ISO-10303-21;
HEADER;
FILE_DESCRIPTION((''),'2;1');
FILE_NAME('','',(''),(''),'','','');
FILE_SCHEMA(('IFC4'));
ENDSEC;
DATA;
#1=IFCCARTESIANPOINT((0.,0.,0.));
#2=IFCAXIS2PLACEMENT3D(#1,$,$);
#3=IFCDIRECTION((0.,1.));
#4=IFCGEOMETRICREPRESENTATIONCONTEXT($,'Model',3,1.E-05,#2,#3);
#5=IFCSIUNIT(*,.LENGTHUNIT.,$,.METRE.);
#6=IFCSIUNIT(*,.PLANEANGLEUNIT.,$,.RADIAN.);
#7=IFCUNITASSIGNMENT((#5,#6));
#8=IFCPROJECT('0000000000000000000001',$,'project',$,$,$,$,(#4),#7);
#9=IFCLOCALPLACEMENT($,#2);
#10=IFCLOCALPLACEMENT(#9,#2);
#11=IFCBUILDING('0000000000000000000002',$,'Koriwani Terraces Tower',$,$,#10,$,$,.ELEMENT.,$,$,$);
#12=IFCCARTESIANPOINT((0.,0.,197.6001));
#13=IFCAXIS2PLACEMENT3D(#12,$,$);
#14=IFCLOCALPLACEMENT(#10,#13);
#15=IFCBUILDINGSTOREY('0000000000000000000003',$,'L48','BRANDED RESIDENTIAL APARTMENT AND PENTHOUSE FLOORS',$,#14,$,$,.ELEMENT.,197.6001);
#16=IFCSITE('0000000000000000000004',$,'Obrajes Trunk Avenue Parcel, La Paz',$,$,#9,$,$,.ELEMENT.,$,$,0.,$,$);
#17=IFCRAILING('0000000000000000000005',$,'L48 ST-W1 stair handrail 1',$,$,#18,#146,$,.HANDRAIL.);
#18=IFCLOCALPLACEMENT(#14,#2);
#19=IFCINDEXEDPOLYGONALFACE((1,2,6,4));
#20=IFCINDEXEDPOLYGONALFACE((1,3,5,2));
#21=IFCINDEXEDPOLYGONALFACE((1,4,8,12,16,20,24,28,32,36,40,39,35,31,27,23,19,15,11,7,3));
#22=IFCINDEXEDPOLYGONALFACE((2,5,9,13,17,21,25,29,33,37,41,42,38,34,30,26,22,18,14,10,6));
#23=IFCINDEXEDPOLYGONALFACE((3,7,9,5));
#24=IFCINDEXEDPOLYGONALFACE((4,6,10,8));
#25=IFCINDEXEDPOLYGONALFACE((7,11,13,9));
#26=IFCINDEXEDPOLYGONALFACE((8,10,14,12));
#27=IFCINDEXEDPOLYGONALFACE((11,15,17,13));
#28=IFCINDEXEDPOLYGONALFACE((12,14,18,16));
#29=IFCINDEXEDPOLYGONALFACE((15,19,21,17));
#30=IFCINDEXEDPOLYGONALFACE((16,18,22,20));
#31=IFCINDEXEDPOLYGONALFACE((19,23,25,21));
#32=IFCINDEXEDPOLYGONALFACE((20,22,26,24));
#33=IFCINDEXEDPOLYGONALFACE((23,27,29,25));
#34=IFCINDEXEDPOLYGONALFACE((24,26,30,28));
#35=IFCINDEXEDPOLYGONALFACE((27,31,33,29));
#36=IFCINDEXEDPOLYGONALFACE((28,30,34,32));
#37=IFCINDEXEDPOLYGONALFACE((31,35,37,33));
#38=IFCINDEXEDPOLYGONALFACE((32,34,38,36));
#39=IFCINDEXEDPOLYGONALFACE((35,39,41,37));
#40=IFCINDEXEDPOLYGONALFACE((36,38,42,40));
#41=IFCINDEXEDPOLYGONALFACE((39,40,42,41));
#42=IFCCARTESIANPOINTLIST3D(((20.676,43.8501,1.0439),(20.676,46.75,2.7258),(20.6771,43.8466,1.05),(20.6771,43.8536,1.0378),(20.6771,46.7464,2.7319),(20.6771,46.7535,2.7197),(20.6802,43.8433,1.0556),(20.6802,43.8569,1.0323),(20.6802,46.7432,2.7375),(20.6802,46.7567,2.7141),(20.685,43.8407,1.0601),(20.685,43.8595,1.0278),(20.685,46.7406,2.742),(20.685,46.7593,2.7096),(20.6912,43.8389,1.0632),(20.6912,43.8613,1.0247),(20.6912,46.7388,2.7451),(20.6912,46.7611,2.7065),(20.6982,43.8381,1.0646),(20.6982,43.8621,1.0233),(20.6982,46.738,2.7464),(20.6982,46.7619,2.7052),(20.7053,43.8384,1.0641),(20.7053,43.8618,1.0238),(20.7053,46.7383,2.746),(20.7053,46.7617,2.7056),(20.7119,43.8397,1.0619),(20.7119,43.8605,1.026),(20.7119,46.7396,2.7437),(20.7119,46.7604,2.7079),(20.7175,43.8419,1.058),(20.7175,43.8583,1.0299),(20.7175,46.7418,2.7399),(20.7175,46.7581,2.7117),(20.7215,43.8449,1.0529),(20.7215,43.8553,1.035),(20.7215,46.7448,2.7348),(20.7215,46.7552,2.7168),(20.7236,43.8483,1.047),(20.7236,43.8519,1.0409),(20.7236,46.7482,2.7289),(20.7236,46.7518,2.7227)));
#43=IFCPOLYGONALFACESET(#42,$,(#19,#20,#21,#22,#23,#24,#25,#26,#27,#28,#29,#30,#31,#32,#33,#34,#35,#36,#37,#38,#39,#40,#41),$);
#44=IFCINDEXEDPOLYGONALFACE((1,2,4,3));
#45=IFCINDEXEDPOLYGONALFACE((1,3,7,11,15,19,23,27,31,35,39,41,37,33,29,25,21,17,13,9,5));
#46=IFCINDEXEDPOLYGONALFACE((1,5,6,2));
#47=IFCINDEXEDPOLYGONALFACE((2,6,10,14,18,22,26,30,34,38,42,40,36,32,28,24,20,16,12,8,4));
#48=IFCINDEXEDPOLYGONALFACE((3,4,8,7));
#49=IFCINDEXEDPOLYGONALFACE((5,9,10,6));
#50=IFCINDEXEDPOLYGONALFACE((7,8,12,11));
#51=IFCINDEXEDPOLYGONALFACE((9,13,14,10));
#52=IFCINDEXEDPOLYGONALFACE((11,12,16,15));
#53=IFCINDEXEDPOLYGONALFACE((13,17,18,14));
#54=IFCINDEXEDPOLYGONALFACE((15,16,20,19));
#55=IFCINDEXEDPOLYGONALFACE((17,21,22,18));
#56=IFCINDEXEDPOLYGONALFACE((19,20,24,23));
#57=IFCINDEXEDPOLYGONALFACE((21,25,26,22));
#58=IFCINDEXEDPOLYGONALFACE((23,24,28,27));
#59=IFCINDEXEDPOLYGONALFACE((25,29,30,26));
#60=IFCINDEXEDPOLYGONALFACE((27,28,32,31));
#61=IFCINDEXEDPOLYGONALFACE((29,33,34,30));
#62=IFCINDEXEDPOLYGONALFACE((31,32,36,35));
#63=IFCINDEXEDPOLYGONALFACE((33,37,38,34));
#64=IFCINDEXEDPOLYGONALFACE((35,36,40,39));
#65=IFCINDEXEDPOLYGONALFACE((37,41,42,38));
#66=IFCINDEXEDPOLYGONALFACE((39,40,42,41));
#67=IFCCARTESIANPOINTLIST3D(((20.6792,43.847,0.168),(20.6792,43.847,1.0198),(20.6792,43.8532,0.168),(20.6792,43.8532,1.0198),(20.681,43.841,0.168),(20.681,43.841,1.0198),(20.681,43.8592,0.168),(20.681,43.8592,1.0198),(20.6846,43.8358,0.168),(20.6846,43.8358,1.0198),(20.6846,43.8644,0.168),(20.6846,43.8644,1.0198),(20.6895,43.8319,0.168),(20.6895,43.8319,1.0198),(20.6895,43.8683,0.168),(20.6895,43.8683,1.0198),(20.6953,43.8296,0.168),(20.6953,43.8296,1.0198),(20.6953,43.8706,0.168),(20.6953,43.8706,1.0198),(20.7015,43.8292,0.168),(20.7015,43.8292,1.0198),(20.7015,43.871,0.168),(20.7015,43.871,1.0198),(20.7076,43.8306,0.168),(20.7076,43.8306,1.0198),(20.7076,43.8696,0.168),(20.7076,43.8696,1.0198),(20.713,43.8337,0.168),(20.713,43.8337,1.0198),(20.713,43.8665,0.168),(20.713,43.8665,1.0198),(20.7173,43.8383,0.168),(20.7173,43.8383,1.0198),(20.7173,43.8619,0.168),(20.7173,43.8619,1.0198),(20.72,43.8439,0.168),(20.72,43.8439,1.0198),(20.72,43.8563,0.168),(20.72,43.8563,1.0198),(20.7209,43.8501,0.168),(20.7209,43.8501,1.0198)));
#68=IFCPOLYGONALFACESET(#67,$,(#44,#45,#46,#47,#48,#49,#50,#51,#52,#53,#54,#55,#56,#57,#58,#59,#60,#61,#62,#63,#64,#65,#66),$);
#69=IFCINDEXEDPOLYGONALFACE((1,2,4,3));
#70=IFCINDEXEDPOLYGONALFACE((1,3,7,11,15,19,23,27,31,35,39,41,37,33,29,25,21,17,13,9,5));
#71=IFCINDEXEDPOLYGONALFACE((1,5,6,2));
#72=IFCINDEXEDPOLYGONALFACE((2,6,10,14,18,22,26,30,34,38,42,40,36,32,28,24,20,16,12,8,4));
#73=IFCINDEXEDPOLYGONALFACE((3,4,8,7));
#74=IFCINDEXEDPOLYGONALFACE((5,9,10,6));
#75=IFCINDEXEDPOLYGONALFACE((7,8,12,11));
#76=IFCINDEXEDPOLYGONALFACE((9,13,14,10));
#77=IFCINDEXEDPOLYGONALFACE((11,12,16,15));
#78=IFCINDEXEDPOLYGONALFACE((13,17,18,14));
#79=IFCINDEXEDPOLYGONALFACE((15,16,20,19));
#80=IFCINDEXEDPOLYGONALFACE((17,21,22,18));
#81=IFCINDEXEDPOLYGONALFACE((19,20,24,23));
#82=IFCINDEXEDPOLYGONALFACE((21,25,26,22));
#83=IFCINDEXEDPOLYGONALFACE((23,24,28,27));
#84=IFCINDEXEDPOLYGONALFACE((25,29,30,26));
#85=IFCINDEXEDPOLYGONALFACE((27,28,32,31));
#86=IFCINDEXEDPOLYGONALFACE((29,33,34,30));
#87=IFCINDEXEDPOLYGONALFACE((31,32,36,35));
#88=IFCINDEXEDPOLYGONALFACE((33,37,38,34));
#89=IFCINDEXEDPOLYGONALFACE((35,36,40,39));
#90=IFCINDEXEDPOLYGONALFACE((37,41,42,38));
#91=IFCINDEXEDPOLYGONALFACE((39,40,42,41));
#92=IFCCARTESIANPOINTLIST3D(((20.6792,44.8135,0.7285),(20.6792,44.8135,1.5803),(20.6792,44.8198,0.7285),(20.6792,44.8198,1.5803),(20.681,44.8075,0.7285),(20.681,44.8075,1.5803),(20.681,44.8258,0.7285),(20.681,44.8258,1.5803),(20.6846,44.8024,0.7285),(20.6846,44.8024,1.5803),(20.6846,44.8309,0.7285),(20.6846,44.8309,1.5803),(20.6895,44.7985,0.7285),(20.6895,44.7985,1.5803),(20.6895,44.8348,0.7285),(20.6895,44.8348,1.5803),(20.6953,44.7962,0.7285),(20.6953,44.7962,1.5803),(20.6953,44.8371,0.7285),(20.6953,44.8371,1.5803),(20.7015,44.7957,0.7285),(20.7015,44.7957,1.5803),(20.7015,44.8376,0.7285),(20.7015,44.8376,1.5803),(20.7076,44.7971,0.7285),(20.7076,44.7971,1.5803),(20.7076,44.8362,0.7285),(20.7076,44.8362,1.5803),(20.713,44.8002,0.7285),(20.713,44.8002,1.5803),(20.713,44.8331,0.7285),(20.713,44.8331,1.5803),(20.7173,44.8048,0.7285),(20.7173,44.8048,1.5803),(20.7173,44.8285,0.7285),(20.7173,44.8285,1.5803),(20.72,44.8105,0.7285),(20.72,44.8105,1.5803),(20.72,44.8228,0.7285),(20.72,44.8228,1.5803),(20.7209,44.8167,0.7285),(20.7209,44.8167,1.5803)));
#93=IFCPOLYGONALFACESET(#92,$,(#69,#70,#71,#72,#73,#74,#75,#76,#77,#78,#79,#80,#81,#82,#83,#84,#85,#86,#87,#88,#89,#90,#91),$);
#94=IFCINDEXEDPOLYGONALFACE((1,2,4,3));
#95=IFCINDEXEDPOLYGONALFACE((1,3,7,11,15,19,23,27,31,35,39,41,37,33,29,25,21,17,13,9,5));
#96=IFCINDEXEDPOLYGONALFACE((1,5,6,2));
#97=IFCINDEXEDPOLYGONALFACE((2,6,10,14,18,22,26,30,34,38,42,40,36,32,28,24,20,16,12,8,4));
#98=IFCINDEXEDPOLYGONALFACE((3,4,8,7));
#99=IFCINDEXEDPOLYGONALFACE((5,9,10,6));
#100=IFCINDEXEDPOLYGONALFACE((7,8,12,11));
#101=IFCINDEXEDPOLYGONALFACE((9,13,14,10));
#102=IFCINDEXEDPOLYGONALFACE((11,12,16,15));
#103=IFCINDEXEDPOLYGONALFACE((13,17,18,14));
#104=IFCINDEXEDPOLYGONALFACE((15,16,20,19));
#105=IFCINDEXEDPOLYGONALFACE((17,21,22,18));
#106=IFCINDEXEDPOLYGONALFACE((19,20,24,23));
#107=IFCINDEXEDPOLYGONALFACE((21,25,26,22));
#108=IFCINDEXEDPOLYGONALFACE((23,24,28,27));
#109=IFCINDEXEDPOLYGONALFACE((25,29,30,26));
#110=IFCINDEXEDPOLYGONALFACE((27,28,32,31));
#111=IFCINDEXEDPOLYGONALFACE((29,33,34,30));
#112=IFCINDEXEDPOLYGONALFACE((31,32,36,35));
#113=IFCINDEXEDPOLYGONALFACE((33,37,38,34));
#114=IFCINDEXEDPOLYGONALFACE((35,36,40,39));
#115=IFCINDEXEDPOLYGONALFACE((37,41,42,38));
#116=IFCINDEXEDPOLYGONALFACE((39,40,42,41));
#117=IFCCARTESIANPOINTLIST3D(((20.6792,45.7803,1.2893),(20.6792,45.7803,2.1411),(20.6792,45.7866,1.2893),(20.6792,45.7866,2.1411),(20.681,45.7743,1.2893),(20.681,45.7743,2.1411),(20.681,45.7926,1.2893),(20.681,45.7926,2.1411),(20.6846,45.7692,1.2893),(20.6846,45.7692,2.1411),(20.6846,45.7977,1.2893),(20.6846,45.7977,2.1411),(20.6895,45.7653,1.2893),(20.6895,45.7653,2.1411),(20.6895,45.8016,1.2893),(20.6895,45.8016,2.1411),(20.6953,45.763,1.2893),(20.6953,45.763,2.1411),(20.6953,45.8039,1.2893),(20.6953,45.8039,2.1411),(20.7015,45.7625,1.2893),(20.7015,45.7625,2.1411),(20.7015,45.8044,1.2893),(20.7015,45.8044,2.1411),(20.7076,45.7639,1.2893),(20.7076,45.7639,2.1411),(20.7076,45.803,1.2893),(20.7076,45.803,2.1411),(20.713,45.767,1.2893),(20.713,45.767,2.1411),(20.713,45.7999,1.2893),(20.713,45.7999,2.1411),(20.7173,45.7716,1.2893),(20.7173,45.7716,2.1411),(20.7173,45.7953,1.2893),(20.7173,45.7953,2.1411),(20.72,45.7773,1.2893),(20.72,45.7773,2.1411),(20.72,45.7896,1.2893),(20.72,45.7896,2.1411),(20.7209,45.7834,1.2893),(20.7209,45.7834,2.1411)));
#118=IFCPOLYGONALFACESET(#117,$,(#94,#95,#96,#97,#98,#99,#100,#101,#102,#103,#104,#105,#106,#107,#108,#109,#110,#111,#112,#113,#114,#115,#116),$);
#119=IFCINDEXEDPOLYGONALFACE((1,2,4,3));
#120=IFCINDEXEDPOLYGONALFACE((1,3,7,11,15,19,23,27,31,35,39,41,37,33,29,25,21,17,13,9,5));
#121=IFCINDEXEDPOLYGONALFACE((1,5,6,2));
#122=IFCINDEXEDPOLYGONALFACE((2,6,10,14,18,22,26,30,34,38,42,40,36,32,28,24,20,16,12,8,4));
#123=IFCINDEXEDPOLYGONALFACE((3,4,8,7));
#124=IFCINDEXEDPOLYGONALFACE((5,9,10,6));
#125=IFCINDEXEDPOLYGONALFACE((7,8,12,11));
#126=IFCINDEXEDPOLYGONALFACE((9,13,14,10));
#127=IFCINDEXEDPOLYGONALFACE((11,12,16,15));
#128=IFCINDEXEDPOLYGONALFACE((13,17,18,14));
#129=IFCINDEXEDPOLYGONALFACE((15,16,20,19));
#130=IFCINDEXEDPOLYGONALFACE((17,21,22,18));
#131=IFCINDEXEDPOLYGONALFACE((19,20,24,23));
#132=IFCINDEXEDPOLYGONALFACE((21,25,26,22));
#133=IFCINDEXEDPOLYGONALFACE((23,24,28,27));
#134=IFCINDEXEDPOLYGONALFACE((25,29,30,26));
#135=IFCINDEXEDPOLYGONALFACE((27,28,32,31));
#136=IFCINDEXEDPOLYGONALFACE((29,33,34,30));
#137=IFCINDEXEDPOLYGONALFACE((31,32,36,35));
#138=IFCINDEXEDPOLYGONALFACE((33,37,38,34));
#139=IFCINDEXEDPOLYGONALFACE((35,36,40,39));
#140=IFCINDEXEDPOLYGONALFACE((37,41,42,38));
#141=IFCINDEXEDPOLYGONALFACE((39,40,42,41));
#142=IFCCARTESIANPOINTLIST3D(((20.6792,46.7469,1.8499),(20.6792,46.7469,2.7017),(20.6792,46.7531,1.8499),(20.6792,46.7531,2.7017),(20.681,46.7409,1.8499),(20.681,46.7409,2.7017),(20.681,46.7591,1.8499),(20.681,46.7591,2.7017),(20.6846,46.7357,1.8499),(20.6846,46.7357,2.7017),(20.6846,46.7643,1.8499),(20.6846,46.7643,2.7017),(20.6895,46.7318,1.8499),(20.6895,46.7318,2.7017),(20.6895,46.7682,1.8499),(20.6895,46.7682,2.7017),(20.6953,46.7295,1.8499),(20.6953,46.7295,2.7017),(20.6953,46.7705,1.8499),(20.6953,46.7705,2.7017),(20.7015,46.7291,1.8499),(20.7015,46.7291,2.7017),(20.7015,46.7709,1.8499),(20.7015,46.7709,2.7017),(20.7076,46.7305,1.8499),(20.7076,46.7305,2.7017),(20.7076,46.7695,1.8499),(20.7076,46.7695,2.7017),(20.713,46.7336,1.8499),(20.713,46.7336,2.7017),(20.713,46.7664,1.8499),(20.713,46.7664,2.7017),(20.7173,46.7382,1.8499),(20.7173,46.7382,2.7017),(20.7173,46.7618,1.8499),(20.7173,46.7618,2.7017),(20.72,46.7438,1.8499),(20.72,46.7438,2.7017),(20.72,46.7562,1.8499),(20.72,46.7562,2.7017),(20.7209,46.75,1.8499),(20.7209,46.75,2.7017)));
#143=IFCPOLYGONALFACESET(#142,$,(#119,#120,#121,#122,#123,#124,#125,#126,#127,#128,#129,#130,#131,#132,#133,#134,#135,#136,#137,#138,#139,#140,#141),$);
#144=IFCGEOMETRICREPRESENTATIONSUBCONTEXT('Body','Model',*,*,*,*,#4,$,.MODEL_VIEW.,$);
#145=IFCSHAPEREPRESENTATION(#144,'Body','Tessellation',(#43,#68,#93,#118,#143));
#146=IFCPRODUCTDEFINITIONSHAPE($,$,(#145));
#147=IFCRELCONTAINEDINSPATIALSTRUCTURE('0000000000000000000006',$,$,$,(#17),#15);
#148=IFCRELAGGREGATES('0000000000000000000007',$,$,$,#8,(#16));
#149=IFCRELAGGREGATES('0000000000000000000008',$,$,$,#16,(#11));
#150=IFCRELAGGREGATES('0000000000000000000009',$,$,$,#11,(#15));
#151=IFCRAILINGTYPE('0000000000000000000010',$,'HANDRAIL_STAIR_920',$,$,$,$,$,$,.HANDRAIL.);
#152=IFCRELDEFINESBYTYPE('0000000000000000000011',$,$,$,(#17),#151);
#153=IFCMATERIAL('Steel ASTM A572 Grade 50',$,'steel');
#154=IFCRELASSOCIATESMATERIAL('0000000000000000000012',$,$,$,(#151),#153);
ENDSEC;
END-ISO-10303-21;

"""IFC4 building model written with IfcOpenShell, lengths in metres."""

from ifc_helpers import new_model, si_unit, direction, frame, origin, origin_2d, place, context, subcontext, project, spatial, circle, extrude, material, type_object, element, save


model = new_model("IFC4")

# Units and contexts
model_context = context("Model", 3, precision=1e-05, world=origin(), true_north=direction((0.0, 1.0)))
body_context = subcontext(model_context, "Body", "Model", "MODEL_VIEW")
ifc_project = project(units=[si_unit("LENGTHUNIT", "METRE"), si_unit("PLANEANGLEUNIT", "RADIAN")], contexts=[model_context])

# Site, building, storey
site_placement = place(None, origin())
site = spatial("IfcSite", under=ifc_project, at=site_placement, Name="Obrajes Trunk Avenue Parcel, La Paz", CompositionType="ELEMENT", RefElevation=0.0)
building_placement = place(site_placement, origin())
building = spatial("IfcBuilding", under=site, at=building_placement, Name="Koriwani Terraces Tower", CompositionType="ELEMENT")
storey_placement = place(building_placement, frame((0.0, 0.0, 197.6001)))
storey = spatial("IfcBuildingStorey", under=building, at=storey_placement, Name="L48", Description="BRANDED RESIDENTIAL APARTMENT AND PENTHOUSE FLOORS", CompositionType="ELEMENT", Elevation=197.6001)

# Shared definitions
ifc_material_1 = material(Name="Steel ASTM A572 Grade 50", Category="steel")

# Railing
railing_type_1 = type_object("IfcRailingType", Name="HANDRAIL_STAIR_920", PredefinedType="HANDRAIL", material=ifc_material_1)
railing_1_placement = place(storey_placement, frame((20.7, 43.8501, 0.168)))
element("IfcRailing", 1, at=railing_1_placement, inside=storey, type_object=railing_type_1, Name="L48 ST-W1 stair handrail 1", PredefinedType="HANDRAIL", context=body_context, shape_type="SweptSolid", body=[
    extrude(circle(Radius=0.0239, at=origin_2d()), frame((0.0, 0.0, 0.876), z_axis=(0.0, 0.865039, 0.501705), x_axis=(-1.0, 0.0, 0.0)), (0.0, 0.0, 1.0), 3.3523),
    extrude(circle(Radius=0.021, at=origin_2d()), origin(), (0.0, 0.0, 1.0), 0.8518),
    extrude(circle(Radius=0.021, at=origin_2d()), frame((0.0, 0.9666, 0.5605)), (0.0, 0.0, 1.0), 0.8518),
    extrude(circle(Radius=0.021, at=origin_2d()), frame((0.0, 1.9333, 1.1213)), (0.0, 0.0, 1.0), 0.8518),
    extrude(circle(Radius=0.021, at=origin_2d()), frame((0.0, 2.8999, 1.6819)), (0.0, 0.0, 1.0), 0.8518),
])

save(model, "model.ifc")
